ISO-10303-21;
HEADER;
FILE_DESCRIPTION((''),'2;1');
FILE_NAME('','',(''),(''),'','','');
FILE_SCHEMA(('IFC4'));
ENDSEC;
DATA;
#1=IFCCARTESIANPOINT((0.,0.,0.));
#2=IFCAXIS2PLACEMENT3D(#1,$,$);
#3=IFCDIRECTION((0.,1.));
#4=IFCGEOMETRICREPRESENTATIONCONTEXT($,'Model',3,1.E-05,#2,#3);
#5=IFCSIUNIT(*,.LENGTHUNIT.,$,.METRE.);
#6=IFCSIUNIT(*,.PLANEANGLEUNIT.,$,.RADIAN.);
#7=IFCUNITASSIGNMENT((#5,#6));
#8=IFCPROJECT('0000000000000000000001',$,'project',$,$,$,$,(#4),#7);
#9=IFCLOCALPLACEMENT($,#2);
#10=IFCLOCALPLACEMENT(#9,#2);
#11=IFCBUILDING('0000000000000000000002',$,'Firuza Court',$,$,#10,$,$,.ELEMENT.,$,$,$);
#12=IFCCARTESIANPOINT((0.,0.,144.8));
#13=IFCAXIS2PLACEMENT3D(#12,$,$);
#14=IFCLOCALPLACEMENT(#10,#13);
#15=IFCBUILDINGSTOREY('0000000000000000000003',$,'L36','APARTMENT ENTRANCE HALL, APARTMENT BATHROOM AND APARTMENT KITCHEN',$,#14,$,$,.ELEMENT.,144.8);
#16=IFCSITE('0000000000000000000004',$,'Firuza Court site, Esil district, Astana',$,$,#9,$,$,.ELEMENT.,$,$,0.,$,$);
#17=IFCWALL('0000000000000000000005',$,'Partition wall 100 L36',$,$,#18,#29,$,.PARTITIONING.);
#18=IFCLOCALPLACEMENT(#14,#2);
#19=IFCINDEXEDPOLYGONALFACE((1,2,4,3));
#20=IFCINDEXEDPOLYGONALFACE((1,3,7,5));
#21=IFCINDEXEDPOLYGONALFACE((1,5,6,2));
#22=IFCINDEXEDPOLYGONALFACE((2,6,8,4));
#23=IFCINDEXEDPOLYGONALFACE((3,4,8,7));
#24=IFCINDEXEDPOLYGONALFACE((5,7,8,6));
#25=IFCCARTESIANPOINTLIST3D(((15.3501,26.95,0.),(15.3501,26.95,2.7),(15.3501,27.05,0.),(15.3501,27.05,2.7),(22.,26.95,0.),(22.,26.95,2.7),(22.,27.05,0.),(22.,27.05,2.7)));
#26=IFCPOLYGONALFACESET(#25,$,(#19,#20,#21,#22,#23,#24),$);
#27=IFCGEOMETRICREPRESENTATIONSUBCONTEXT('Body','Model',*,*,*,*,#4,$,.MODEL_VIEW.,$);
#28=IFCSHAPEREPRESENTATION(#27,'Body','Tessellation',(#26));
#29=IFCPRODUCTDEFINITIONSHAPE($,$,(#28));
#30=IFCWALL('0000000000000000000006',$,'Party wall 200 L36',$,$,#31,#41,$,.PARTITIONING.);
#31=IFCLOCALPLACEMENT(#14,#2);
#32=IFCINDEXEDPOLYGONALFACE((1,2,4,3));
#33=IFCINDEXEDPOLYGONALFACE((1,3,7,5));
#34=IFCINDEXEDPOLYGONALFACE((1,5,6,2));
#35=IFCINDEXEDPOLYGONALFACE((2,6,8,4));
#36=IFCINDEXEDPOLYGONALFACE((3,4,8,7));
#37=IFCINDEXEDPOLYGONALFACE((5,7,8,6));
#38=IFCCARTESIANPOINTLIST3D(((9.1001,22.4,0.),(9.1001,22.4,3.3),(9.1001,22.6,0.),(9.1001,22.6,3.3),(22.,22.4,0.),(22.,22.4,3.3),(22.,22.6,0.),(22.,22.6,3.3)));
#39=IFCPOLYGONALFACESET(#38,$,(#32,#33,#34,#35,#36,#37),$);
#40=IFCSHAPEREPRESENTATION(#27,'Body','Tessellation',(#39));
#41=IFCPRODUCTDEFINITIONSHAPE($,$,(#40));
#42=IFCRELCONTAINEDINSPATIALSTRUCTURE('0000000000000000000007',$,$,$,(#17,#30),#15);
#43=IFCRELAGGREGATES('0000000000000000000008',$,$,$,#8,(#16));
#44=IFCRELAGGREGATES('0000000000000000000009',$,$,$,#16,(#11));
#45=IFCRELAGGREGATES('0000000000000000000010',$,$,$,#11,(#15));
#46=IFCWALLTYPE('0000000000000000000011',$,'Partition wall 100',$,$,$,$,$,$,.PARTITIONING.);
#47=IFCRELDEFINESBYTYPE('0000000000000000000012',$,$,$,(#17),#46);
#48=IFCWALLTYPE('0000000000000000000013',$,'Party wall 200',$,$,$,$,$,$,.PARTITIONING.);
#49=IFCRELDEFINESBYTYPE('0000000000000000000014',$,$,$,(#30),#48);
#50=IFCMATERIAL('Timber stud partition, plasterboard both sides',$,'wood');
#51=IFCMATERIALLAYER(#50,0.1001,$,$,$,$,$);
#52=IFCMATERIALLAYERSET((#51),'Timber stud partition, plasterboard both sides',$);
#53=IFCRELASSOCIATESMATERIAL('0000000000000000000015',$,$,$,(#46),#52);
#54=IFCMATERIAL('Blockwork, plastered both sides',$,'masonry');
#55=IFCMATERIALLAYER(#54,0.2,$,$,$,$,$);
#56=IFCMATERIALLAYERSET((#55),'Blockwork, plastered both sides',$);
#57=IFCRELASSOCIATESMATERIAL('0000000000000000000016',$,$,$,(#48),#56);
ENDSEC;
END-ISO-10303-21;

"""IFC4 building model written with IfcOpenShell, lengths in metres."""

from ifc_helpers import new_model, si_unit, direction, frame, frame_2d, origin, place, context, subcontext, project, spatial, rectangle, extrude, material, layer, layer_set, type_object, element, save


model = new_model("IFC4")

# Units and contexts
model_context = context("Model", 3, precision=1e-05, world=origin(), true_north=direction((0.0, 1.0)))
body_context = subcontext(model_context, "Body", "Model", "MODEL_VIEW")
ifc_project = project(units=[si_unit("LENGTHUNIT", "METRE"), si_unit("PLANEANGLEUNIT", "RADIAN")], contexts=[model_context])

# Site, building, storey
site_placement = place(None, origin())
site = spatial("IfcSite", under=ifc_project, at=site_placement, Name="Firuza Court site, Esil district, Astana", CompositionType="ELEMENT", RefElevation=0.0)
building_placement = place(site_placement, origin())
building = spatial("IfcBuilding", under=site, at=building_placement, Name="Firuza Court", CompositionType="ELEMENT")
storey_placement = place(building_placement, frame((0.0, 0.0, 144.8)))
storey = spatial("IfcBuildingStorey", under=building, at=storey_placement, Name="L36", Description="APARTMENT ENTRANCE HALL, APARTMENT BATHROOM AND APARTMENT KITCHEN", CompositionType="ELEMENT", Elevation=144.8)

# Shared definitions
ifc_material_1 = material(Name="Timber stud partition, plasterboard both sides", Category="wood")
ifc_layer_1 = layer(ifc_material_1, 0.1001)
ifc_layer_set_1 = layer_set([ifc_layer_1], Name="Timber stud partition, plasterboard both sides")
wall_type_1 = type_object("IfcWallType", Name="Partition wall 100", PredefinedType="PARTITIONING", material=ifc_layer_set_1)

# Walls
wall_1_placement = place(storey_placement, frame((15.3501, 27.0, 0.0), z_axis=(0.0, 0.0, 1.0), x_axis=(1.0, 0.0, 0.0)))
element("IfcWall", 1, at=wall_1_placement, inside=storey, type_object=wall_type_1, Name="Partition wall 100 L36", PredefinedType="PARTITIONING", context=body_context, shape_type="SweptSolid", body=[
    extrude(rectangle(XDim=6.6499, YDim=0.1001, at=frame_2d((3.325, 0.0))), origin(), (0.0, 0.0, 1.0), 2.7),
])
ifc_material_2 = material(Name="Blockwork, plastered both sides", Category="masonry")
ifc_layer_2 = layer(ifc_material_2, 0.2)
ifc_layer_set_2 = layer_set([ifc_layer_2], Name="Blockwork, plastered both sides")
wall_type_2 = type_object("IfcWallType", Name="Party wall 200", PredefinedType="PARTITIONING", material=ifc_layer_set_2)
wall_2_placement = place(storey_placement, frame((9.1001, 22.5, 0.0), z_axis=(0.0, 0.0, 1.0), x_axis=(1.0, 0.0, 0.0)))
element("IfcWall", 2, at=wall_2_placement, inside=storey, type_object=wall_type_2, Name="Party wall 200 L36", PredefinedType="PARTITIONING", context=body_context, shape_type="SweptSolid", body=[
    extrude(rectangle(XDim=12.8999, YDim=0.2, at=frame_2d((6.45, 0.0))), origin(), (0.0, 0.0, 1.0), 3.3),
])

save(model, "model.ifc")
